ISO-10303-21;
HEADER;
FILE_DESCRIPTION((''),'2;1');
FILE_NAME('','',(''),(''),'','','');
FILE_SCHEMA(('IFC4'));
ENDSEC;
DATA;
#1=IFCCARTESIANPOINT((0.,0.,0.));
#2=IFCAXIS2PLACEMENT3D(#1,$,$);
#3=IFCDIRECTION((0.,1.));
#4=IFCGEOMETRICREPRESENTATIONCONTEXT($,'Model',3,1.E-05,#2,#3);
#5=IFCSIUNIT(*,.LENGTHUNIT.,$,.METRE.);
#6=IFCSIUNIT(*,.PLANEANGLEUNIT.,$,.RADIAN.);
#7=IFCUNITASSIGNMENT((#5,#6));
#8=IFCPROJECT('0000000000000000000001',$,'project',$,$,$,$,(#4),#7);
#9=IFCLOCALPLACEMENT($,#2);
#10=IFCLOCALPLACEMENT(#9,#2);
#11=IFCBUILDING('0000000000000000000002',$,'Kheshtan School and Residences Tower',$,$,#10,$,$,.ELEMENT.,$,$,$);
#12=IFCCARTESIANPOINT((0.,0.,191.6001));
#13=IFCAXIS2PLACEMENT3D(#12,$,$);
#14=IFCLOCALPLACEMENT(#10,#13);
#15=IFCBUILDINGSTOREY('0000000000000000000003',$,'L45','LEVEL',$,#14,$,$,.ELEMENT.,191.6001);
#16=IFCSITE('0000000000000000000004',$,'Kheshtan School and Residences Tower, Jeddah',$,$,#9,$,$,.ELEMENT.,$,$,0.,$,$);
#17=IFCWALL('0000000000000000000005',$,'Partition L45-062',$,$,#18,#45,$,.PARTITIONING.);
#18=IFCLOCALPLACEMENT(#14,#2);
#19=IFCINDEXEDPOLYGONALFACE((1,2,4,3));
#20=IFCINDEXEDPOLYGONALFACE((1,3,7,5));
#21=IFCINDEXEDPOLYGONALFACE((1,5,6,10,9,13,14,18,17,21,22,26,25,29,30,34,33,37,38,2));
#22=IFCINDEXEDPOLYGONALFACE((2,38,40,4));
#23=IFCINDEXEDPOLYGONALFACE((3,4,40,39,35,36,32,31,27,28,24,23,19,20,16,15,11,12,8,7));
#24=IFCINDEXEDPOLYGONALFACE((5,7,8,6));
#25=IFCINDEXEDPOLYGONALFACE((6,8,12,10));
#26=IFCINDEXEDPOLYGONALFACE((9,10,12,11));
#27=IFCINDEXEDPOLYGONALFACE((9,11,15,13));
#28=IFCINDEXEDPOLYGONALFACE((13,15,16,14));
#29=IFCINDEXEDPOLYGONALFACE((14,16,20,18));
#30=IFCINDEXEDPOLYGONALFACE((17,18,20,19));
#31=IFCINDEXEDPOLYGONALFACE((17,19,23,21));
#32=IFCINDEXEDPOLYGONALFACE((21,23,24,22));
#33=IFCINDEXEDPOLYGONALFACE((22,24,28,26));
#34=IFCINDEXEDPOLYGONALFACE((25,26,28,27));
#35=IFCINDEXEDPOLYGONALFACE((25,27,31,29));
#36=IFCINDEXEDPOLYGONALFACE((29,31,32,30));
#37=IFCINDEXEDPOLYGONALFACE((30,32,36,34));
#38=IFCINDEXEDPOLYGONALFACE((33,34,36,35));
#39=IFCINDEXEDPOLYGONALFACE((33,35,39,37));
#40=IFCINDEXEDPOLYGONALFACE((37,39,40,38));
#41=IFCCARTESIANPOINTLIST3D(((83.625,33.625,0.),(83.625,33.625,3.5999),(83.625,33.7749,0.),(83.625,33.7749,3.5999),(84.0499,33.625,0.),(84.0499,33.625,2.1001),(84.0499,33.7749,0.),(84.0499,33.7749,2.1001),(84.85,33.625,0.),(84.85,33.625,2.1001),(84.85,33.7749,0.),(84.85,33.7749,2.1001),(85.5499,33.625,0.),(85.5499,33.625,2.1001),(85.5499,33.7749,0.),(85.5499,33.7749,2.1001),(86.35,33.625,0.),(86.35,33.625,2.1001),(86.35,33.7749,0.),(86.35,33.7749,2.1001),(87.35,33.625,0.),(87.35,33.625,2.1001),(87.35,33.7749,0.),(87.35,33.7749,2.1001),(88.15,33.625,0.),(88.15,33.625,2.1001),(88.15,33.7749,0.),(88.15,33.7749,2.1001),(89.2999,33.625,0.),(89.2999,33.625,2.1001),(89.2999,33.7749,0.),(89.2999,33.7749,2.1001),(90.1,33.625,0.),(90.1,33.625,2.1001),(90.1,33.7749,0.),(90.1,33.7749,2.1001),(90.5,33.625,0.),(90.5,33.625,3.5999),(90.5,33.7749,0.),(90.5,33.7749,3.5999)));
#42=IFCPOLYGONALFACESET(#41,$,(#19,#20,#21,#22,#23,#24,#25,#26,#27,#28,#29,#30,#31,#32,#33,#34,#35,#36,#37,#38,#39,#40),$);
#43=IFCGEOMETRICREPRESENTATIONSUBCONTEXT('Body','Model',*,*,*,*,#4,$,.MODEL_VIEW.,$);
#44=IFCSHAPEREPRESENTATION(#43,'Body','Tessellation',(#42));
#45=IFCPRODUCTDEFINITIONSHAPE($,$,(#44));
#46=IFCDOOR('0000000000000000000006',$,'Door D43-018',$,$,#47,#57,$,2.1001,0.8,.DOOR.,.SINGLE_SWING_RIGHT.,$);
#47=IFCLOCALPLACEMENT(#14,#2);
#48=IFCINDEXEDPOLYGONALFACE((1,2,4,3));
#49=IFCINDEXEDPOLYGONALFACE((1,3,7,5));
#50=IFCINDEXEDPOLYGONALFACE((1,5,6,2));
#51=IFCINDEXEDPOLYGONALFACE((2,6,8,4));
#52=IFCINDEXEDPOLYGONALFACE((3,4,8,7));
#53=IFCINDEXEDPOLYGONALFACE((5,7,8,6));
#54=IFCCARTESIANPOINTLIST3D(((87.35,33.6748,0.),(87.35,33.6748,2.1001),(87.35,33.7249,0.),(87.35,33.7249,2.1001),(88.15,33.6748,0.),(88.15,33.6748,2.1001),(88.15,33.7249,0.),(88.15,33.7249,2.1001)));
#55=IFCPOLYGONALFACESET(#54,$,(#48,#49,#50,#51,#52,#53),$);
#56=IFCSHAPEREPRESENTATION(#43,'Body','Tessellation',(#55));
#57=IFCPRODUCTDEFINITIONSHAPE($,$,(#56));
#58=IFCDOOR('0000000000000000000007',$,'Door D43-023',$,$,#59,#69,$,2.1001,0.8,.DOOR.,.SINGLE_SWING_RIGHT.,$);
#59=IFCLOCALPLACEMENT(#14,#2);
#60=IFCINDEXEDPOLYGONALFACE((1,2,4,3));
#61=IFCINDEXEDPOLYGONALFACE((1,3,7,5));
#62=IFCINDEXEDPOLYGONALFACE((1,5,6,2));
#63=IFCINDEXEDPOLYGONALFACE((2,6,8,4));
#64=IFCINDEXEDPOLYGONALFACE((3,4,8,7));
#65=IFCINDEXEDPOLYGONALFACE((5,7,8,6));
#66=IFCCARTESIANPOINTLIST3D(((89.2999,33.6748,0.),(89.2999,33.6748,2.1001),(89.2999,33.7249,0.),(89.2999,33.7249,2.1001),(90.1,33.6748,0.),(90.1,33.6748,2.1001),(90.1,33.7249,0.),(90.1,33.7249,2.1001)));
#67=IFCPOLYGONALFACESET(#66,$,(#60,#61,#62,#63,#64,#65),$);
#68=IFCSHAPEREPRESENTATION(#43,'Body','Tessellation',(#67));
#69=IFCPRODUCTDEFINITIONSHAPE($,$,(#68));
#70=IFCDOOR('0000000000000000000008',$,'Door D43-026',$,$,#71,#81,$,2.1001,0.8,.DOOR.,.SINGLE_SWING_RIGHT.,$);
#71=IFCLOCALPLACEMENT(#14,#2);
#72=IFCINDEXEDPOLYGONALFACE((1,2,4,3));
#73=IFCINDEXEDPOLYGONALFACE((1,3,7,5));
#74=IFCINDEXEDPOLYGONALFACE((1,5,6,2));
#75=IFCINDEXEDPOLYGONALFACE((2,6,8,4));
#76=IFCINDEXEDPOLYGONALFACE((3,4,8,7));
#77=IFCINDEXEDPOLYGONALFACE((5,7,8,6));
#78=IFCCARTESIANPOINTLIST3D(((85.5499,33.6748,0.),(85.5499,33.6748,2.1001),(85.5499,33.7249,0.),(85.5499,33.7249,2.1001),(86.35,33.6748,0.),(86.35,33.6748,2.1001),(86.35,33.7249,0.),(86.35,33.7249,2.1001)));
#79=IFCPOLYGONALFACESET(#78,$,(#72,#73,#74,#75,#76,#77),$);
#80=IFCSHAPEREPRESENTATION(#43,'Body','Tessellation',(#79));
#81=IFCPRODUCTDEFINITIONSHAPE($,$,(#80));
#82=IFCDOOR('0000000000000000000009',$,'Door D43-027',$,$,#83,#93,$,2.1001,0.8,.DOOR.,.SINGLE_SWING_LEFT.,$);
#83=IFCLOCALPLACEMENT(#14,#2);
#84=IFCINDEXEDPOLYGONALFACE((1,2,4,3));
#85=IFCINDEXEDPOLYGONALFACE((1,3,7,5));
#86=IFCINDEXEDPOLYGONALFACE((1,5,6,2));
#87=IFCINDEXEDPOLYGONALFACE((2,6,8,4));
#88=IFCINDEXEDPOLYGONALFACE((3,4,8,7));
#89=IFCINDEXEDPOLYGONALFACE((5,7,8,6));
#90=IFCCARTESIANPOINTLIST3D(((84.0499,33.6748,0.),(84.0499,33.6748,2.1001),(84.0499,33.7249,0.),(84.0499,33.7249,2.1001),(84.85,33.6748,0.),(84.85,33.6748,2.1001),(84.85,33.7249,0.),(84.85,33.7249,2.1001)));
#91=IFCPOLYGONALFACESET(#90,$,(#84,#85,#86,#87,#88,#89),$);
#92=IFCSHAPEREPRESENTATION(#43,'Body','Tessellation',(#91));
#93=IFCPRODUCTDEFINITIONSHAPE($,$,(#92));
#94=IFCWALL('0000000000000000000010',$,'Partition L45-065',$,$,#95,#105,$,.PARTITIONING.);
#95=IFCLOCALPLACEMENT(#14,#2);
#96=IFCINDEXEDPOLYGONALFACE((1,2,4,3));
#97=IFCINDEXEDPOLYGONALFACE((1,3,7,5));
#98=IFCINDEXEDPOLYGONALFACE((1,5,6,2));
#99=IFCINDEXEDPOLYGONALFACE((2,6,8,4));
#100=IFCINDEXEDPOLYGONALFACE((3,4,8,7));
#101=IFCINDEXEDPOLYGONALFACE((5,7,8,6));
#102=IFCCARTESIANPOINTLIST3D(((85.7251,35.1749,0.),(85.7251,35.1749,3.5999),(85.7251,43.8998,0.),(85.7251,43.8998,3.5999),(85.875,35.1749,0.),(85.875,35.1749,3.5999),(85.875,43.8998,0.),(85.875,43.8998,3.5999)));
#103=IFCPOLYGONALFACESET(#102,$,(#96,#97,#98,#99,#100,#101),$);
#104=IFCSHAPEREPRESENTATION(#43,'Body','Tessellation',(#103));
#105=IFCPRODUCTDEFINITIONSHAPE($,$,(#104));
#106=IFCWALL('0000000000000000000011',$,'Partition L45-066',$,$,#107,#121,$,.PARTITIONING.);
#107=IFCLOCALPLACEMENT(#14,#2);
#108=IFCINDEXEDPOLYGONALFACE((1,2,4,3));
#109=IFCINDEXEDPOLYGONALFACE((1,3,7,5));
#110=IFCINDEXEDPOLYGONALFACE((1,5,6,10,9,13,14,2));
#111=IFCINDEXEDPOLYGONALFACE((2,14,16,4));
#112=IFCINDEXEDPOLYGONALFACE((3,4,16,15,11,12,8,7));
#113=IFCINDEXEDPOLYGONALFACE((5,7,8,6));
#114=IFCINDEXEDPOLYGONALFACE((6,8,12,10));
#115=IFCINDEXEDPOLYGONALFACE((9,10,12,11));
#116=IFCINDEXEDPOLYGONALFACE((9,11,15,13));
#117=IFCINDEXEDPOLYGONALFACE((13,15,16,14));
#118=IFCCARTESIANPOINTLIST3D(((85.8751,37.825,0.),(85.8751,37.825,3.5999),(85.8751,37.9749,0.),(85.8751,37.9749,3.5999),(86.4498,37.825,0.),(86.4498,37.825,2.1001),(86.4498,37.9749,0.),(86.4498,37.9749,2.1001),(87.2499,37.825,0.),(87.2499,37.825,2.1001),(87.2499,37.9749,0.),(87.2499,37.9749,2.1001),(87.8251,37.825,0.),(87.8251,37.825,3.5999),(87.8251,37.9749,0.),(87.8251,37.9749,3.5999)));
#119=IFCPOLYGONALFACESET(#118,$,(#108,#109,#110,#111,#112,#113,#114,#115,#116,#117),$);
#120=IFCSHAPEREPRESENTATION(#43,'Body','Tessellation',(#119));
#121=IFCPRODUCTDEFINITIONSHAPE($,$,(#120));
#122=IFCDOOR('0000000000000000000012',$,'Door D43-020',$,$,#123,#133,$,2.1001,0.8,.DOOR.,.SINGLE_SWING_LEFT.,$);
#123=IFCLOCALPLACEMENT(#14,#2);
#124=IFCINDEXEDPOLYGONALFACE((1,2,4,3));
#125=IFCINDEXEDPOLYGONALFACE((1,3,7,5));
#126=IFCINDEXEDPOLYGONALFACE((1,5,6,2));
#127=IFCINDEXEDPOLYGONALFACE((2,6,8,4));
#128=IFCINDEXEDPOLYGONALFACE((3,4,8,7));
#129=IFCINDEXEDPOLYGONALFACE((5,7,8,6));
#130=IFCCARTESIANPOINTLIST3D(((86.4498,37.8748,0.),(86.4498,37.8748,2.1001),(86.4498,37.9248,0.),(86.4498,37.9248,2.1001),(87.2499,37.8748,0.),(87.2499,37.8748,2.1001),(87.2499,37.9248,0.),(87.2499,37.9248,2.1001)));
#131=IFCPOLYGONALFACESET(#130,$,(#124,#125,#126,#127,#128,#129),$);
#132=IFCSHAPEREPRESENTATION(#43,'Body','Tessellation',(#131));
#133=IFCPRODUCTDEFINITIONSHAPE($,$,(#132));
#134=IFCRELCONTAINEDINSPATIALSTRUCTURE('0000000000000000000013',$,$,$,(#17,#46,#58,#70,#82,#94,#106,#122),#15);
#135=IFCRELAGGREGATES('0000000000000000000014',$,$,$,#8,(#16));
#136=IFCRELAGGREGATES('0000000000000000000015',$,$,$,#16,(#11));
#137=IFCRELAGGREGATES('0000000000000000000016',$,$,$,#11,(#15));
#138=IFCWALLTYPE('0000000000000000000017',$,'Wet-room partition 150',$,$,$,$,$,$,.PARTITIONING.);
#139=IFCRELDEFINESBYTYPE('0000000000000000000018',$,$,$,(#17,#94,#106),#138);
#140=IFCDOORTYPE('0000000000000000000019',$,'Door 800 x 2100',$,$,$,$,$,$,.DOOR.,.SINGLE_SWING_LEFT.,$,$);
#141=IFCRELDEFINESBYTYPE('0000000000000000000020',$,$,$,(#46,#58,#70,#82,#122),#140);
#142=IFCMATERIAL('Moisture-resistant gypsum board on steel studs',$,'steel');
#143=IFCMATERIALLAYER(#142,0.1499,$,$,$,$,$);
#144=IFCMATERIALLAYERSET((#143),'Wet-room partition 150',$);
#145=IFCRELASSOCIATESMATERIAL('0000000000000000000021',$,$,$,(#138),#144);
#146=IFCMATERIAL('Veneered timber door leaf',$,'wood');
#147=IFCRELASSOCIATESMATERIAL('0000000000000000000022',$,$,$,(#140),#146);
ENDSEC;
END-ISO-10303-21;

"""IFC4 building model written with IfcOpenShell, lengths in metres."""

from ifc_helpers import new_model, si_unit, direction, frame, frame_2d, origin, place, context, subcontext, project, spatial, rectangle, extrude, source, transform, mapped, material, layer, layer_set, type_object, element, fill, save


model = new_model("IFC4")

# Units and contexts
model_context = context("Model", 3, precision=1e-05, world=origin(), true_north=direction((0.0, 1.0)))
body_context = subcontext(model_context, "Body", "Model", "MODEL_VIEW")
ifc_project = project(units=[si_unit("LENGTHUNIT", "METRE"), si_unit("PLANEANGLEUNIT", "RADIAN")], contexts=[model_context])

# Site, building, storey
site_placement = place(None, origin())
site = spatial("IfcSite", under=ifc_project, at=site_placement, Name="Kheshtan School and Residences Tower, Jeddah", CompositionType="ELEMENT", RefElevation=0.0)
building_placement = place(site_placement, origin())
building = spatial("IfcBuilding", under=site, at=building_placement, Name="Kheshtan School and Residences Tower", CompositionType="ELEMENT")
storey_placement = place(building_placement, frame((0.0, 0.0, 191.6001)))
storey = spatial("IfcBuildingStorey", under=building, at=storey_placement, Name="L45", Description="LEVEL", CompositionType="ELEMENT", Elevation=191.6001)

# Wall, openings, doors
ifc_material_1 = material(Name="Moisture-resistant gypsum board on steel studs", Category="steel")
ifc_layer_1 = layer(ifc_material_1, 0.1499)
ifc_layer_set_1 = layer_set([ifc_layer_1], Name="Wet-room partition 150")
wall_type_1 = type_object("IfcWallType", Name="Wet-room partition 150", PredefinedType="PARTITIONING", material=ifc_layer_set_1)
ifc_material_2 = material(Name="Veneered timber door leaf", Category="wood")
wall_1_placement = place(storey_placement, frame((83.625, 33.7, 0.0), z_axis=(0.0, 0.0, 1.0), x_axis=(1.0, 0.0, 0.0)))
wall_1 = element("IfcWall", 1, at=wall_1_placement, inside=storey, type_object=wall_type_1, Name="Partition L45-062", PredefinedType="PARTITIONING", context=body_context, shape_type="SweptSolid", body=[
    extrude(rectangle(XDim=6.875, YDim=0.1499, at=frame_2d((3.4375, 0.0))), origin(), (0.0, 0.0, 1.0), 3.5999),
])
opening_1_placement = place(wall_1_placement, frame((3.7251, 0.0, 0.0)))
opening_1 = element("IfcOpeningElement", 2, at=opening_1_placement, cuts=wall_1, PredefinedType="OPENING", context=body_context, shape_type="SweptSolid", body=[
    extrude(rectangle(XDim=0.8, YDim=2.1001, at=frame_2d((0.3999, 1.05))), frame((0.0, 0.085, 0.0), z_axis=(0.0, -1.0, 0.0), x_axis=(1.0, 0.0, 0.0)), (0.0, 0.0, 1.0), 0.1699),
])
opening_2_placement = place(wall_1_placement, frame((5.675, 0.0, 0.0)))
opening_2 = element("IfcOpeningElement", 3, at=opening_2_placement, cuts=wall_1, PredefinedType="OPENING", context=body_context, shape_type="SweptSolid", body=[
    extrude(rectangle(XDim=0.8, YDim=2.1001, at=frame_2d((0.3999, 1.05))), frame((0.0, 0.085, 0.0), z_axis=(0.0, -1.0, 0.0), x_axis=(1.0, 0.0, 0.0)), (0.0, 0.0, 1.0), 0.1699),
])
opening_3_placement = place(wall_1_placement, frame((1.925, 0.0, 0.0)))
opening_3 = element("IfcOpeningElement", 4, at=opening_3_placement, cuts=wall_1, PredefinedType="OPENING", context=body_context, shape_type="SweptSolid", body=[
    extrude(rectangle(XDim=0.8, YDim=2.1001, at=frame_2d((0.3999, 1.05))), frame((0.0, 0.085, 0.0), z_axis=(0.0, -1.0, 0.0), x_axis=(1.0, 0.0, 0.0)), (0.0, 0.0, 1.0), 0.1699),
])
opening_4_placement = place(wall_1_placement, frame((0.425, 0.0, 0.0)))
opening_4 = element("IfcOpeningElement", 5, at=opening_4_placement, cuts=wall_1, PredefinedType="OPENING", context=body_context, shape_type="SweptSolid", body=[
    extrude(rectangle(XDim=0.8, YDim=2.1001, at=frame_2d((0.3999, 1.05))), frame((0.0, 0.085, 0.0), z_axis=(0.0, -1.0, 0.0), x_axis=(1.0, 0.0, 0.0)), (0.0, 0.0, 1.0), 0.1699),
])
door_type_1 = type_object("IfcDoorType", Name="Door 800 x 2100", OperationType="SINGLE_SWING_LEFT", PredefinedType="DOOR", material=ifc_material_2)
shared_shape_1 = source(origin(), body_context, "Body", "SweptSolid", [
    extrude(rectangle(XDim=0.8, YDim=2.1001, at=frame_2d((0.3999, 1.05))), frame((0.0, 0.0249, 0.0), z_axis=(0.0, -1.0, 0.0), x_axis=(1.0, 0.0, 0.0)), (0.0, 0.0, 1.0), 0.05),
])
door_1_placement = place(opening_1_placement, origin())
door_1 = element("IfcDoor", 6, at=door_1_placement, inside=storey, type_object=door_type_1, Name="Door D43-018", OperationType="SINGLE_SWING_RIGHT", OverallHeight=2.1001, OverallWidth=0.8, PredefinedType="DOOR", context=body_context, shape_type="MappedRepresentation", body=[
    mapped(shared_shape_1, transform((0.0, 0.0, 0.0), x_axis=(1.0, 0.0, 0.0), y_axis=(0.0, 1.0, 0.0), z_axis=(0.0, 0.0, 1.0), scale=1.0)),
])
fill(opening_1, door_1)
door_2_placement = place(opening_2_placement, origin())
door_2 = element("IfcDoor", 7, at=door_2_placement, inside=storey, type_object=door_type_1, Name="Door D43-023", OperationType="SINGLE_SWING_RIGHT", OverallHeight=2.1001, OverallWidth=0.8, PredefinedType="DOOR", context=body_context, shape_type="MappedRepresentation", body=[
    mapped(shared_shape_1, transform((0.0, 0.0, 0.0), x_axis=(1.0, 0.0, 0.0), y_axis=(0.0, 1.0, 0.0), z_axis=(0.0, 0.0, 1.0), scale=1.0)),
])
fill(opening_2, door_2)
door_3_placement = place(opening_3_placement, origin())
door_3 = element("IfcDoor", 8, at=door_3_placement, inside=storey, type_object=door_type_1, Name="Door D43-026", OperationType="SINGLE_SWING_RIGHT", OverallHeight=2.1001, OverallWidth=0.8, PredefinedType="DOOR", context=body_context, shape_type="MappedRepresentation", body=[
    mapped(shared_shape_1, transform((0.0, 0.0, 0.0), x_axis=(1.0, 0.0, 0.0), y_axis=(0.0, 1.0, 0.0), z_axis=(0.0, 0.0, 1.0), scale=1.0)),
])
fill(opening_3, door_3)
door_4_placement = place(opening_4_placement, origin())
door_4 = element("IfcDoor", 9, at=door_4_placement, inside=storey, type_object=door_type_1, Name="Door D43-027", OperationType="SINGLE_SWING_LEFT", OverallHeight=2.1001, OverallWidth=0.8, PredefinedType="DOOR", context=body_context, shape_type="MappedRepresentation", body=[
    mapped(shared_shape_1, transform((0.0, 0.0, 0.0), x_axis=(1.0, 0.0, 0.0), y_axis=(0.0, 1.0, 0.0), z_axis=(0.0, 0.0, 1.0), scale=1.0)),
])
fill(opening_4, door_4)

# Wall
wall_2_placement = place(storey_placement, frame((85.8, 35.175, 0.0), z_axis=(0.0, 0.0, 1.0), x_axis=(0.0, 1.0, 0.0)))
element("IfcWall", 10, at=wall_2_placement, inside=storey, type_object=wall_type_1, Name="Partition L45-065", PredefinedType="PARTITIONING", context=body_context, shape_type="SweptSolid", body=[
    extrude(rectangle(XDim=8.7249, YDim=0.1499, at=frame_2d((4.3623, 0.0))), origin(), (0.0, 0.0, 1.0), 3.5999),
])

# Wall, opening, door
wall_3_placement = place(storey_placement, frame((85.875, 37.8999, 0.0), z_axis=(0.0, 0.0, 1.0), x_axis=(1.0, 0.0, 0.0)))
wall_3 = element("IfcWall", 11, at=wall_3_placement, inside=storey, type_object=wall_type_1, Name="Partition L45-066", PredefinedType="PARTITIONING", context=body_context, shape_type="SweptSolid", body=[
    extrude(rectangle(XDim=1.95, YDim=0.1499, at=frame_2d((0.9751, 0.0))), origin(), (0.0, 0.0, 1.0), 3.5999),
])
opening_5_placement = place(wall_3_placement, frame((0.575, 0.0, 0.0)))
opening_5 = element("IfcOpeningElement", 12, at=opening_5_placement, cuts=wall_3, PredefinedType="OPENING", context=body_context, shape_type="SweptSolid", body=[
    extrude(rectangle(XDim=0.8, YDim=2.1001, at=frame_2d((0.3999, 1.05))), frame((0.0, 0.085, 0.0), z_axis=(0.0, -1.0, 0.0), x_axis=(1.0, 0.0, 0.0)), (0.0, 0.0, 1.0), 0.1699),
])
door_5_placement = place(opening_5_placement, origin())
door_5 = element("IfcDoor", 13, at=door_5_placement, inside=storey, type_object=door_type_1, Name="Door D43-020", OperationType="SINGLE_SWING_LEFT", OverallHeight=2.1001, OverallWidth=0.8, PredefinedType="DOOR", context=body_context, shape_type="MappedRepresentation", body=[
    mapped(shared_shape_1, transform((0.0, 0.0, 0.0), x_axis=(1.0, 0.0, 0.0), y_axis=(0.0, 1.0, 0.0), z_axis=(0.0, 0.0, 1.0), scale=1.0)),
])
fill(opening_5, door_5)

save(model, "model.ifc")
